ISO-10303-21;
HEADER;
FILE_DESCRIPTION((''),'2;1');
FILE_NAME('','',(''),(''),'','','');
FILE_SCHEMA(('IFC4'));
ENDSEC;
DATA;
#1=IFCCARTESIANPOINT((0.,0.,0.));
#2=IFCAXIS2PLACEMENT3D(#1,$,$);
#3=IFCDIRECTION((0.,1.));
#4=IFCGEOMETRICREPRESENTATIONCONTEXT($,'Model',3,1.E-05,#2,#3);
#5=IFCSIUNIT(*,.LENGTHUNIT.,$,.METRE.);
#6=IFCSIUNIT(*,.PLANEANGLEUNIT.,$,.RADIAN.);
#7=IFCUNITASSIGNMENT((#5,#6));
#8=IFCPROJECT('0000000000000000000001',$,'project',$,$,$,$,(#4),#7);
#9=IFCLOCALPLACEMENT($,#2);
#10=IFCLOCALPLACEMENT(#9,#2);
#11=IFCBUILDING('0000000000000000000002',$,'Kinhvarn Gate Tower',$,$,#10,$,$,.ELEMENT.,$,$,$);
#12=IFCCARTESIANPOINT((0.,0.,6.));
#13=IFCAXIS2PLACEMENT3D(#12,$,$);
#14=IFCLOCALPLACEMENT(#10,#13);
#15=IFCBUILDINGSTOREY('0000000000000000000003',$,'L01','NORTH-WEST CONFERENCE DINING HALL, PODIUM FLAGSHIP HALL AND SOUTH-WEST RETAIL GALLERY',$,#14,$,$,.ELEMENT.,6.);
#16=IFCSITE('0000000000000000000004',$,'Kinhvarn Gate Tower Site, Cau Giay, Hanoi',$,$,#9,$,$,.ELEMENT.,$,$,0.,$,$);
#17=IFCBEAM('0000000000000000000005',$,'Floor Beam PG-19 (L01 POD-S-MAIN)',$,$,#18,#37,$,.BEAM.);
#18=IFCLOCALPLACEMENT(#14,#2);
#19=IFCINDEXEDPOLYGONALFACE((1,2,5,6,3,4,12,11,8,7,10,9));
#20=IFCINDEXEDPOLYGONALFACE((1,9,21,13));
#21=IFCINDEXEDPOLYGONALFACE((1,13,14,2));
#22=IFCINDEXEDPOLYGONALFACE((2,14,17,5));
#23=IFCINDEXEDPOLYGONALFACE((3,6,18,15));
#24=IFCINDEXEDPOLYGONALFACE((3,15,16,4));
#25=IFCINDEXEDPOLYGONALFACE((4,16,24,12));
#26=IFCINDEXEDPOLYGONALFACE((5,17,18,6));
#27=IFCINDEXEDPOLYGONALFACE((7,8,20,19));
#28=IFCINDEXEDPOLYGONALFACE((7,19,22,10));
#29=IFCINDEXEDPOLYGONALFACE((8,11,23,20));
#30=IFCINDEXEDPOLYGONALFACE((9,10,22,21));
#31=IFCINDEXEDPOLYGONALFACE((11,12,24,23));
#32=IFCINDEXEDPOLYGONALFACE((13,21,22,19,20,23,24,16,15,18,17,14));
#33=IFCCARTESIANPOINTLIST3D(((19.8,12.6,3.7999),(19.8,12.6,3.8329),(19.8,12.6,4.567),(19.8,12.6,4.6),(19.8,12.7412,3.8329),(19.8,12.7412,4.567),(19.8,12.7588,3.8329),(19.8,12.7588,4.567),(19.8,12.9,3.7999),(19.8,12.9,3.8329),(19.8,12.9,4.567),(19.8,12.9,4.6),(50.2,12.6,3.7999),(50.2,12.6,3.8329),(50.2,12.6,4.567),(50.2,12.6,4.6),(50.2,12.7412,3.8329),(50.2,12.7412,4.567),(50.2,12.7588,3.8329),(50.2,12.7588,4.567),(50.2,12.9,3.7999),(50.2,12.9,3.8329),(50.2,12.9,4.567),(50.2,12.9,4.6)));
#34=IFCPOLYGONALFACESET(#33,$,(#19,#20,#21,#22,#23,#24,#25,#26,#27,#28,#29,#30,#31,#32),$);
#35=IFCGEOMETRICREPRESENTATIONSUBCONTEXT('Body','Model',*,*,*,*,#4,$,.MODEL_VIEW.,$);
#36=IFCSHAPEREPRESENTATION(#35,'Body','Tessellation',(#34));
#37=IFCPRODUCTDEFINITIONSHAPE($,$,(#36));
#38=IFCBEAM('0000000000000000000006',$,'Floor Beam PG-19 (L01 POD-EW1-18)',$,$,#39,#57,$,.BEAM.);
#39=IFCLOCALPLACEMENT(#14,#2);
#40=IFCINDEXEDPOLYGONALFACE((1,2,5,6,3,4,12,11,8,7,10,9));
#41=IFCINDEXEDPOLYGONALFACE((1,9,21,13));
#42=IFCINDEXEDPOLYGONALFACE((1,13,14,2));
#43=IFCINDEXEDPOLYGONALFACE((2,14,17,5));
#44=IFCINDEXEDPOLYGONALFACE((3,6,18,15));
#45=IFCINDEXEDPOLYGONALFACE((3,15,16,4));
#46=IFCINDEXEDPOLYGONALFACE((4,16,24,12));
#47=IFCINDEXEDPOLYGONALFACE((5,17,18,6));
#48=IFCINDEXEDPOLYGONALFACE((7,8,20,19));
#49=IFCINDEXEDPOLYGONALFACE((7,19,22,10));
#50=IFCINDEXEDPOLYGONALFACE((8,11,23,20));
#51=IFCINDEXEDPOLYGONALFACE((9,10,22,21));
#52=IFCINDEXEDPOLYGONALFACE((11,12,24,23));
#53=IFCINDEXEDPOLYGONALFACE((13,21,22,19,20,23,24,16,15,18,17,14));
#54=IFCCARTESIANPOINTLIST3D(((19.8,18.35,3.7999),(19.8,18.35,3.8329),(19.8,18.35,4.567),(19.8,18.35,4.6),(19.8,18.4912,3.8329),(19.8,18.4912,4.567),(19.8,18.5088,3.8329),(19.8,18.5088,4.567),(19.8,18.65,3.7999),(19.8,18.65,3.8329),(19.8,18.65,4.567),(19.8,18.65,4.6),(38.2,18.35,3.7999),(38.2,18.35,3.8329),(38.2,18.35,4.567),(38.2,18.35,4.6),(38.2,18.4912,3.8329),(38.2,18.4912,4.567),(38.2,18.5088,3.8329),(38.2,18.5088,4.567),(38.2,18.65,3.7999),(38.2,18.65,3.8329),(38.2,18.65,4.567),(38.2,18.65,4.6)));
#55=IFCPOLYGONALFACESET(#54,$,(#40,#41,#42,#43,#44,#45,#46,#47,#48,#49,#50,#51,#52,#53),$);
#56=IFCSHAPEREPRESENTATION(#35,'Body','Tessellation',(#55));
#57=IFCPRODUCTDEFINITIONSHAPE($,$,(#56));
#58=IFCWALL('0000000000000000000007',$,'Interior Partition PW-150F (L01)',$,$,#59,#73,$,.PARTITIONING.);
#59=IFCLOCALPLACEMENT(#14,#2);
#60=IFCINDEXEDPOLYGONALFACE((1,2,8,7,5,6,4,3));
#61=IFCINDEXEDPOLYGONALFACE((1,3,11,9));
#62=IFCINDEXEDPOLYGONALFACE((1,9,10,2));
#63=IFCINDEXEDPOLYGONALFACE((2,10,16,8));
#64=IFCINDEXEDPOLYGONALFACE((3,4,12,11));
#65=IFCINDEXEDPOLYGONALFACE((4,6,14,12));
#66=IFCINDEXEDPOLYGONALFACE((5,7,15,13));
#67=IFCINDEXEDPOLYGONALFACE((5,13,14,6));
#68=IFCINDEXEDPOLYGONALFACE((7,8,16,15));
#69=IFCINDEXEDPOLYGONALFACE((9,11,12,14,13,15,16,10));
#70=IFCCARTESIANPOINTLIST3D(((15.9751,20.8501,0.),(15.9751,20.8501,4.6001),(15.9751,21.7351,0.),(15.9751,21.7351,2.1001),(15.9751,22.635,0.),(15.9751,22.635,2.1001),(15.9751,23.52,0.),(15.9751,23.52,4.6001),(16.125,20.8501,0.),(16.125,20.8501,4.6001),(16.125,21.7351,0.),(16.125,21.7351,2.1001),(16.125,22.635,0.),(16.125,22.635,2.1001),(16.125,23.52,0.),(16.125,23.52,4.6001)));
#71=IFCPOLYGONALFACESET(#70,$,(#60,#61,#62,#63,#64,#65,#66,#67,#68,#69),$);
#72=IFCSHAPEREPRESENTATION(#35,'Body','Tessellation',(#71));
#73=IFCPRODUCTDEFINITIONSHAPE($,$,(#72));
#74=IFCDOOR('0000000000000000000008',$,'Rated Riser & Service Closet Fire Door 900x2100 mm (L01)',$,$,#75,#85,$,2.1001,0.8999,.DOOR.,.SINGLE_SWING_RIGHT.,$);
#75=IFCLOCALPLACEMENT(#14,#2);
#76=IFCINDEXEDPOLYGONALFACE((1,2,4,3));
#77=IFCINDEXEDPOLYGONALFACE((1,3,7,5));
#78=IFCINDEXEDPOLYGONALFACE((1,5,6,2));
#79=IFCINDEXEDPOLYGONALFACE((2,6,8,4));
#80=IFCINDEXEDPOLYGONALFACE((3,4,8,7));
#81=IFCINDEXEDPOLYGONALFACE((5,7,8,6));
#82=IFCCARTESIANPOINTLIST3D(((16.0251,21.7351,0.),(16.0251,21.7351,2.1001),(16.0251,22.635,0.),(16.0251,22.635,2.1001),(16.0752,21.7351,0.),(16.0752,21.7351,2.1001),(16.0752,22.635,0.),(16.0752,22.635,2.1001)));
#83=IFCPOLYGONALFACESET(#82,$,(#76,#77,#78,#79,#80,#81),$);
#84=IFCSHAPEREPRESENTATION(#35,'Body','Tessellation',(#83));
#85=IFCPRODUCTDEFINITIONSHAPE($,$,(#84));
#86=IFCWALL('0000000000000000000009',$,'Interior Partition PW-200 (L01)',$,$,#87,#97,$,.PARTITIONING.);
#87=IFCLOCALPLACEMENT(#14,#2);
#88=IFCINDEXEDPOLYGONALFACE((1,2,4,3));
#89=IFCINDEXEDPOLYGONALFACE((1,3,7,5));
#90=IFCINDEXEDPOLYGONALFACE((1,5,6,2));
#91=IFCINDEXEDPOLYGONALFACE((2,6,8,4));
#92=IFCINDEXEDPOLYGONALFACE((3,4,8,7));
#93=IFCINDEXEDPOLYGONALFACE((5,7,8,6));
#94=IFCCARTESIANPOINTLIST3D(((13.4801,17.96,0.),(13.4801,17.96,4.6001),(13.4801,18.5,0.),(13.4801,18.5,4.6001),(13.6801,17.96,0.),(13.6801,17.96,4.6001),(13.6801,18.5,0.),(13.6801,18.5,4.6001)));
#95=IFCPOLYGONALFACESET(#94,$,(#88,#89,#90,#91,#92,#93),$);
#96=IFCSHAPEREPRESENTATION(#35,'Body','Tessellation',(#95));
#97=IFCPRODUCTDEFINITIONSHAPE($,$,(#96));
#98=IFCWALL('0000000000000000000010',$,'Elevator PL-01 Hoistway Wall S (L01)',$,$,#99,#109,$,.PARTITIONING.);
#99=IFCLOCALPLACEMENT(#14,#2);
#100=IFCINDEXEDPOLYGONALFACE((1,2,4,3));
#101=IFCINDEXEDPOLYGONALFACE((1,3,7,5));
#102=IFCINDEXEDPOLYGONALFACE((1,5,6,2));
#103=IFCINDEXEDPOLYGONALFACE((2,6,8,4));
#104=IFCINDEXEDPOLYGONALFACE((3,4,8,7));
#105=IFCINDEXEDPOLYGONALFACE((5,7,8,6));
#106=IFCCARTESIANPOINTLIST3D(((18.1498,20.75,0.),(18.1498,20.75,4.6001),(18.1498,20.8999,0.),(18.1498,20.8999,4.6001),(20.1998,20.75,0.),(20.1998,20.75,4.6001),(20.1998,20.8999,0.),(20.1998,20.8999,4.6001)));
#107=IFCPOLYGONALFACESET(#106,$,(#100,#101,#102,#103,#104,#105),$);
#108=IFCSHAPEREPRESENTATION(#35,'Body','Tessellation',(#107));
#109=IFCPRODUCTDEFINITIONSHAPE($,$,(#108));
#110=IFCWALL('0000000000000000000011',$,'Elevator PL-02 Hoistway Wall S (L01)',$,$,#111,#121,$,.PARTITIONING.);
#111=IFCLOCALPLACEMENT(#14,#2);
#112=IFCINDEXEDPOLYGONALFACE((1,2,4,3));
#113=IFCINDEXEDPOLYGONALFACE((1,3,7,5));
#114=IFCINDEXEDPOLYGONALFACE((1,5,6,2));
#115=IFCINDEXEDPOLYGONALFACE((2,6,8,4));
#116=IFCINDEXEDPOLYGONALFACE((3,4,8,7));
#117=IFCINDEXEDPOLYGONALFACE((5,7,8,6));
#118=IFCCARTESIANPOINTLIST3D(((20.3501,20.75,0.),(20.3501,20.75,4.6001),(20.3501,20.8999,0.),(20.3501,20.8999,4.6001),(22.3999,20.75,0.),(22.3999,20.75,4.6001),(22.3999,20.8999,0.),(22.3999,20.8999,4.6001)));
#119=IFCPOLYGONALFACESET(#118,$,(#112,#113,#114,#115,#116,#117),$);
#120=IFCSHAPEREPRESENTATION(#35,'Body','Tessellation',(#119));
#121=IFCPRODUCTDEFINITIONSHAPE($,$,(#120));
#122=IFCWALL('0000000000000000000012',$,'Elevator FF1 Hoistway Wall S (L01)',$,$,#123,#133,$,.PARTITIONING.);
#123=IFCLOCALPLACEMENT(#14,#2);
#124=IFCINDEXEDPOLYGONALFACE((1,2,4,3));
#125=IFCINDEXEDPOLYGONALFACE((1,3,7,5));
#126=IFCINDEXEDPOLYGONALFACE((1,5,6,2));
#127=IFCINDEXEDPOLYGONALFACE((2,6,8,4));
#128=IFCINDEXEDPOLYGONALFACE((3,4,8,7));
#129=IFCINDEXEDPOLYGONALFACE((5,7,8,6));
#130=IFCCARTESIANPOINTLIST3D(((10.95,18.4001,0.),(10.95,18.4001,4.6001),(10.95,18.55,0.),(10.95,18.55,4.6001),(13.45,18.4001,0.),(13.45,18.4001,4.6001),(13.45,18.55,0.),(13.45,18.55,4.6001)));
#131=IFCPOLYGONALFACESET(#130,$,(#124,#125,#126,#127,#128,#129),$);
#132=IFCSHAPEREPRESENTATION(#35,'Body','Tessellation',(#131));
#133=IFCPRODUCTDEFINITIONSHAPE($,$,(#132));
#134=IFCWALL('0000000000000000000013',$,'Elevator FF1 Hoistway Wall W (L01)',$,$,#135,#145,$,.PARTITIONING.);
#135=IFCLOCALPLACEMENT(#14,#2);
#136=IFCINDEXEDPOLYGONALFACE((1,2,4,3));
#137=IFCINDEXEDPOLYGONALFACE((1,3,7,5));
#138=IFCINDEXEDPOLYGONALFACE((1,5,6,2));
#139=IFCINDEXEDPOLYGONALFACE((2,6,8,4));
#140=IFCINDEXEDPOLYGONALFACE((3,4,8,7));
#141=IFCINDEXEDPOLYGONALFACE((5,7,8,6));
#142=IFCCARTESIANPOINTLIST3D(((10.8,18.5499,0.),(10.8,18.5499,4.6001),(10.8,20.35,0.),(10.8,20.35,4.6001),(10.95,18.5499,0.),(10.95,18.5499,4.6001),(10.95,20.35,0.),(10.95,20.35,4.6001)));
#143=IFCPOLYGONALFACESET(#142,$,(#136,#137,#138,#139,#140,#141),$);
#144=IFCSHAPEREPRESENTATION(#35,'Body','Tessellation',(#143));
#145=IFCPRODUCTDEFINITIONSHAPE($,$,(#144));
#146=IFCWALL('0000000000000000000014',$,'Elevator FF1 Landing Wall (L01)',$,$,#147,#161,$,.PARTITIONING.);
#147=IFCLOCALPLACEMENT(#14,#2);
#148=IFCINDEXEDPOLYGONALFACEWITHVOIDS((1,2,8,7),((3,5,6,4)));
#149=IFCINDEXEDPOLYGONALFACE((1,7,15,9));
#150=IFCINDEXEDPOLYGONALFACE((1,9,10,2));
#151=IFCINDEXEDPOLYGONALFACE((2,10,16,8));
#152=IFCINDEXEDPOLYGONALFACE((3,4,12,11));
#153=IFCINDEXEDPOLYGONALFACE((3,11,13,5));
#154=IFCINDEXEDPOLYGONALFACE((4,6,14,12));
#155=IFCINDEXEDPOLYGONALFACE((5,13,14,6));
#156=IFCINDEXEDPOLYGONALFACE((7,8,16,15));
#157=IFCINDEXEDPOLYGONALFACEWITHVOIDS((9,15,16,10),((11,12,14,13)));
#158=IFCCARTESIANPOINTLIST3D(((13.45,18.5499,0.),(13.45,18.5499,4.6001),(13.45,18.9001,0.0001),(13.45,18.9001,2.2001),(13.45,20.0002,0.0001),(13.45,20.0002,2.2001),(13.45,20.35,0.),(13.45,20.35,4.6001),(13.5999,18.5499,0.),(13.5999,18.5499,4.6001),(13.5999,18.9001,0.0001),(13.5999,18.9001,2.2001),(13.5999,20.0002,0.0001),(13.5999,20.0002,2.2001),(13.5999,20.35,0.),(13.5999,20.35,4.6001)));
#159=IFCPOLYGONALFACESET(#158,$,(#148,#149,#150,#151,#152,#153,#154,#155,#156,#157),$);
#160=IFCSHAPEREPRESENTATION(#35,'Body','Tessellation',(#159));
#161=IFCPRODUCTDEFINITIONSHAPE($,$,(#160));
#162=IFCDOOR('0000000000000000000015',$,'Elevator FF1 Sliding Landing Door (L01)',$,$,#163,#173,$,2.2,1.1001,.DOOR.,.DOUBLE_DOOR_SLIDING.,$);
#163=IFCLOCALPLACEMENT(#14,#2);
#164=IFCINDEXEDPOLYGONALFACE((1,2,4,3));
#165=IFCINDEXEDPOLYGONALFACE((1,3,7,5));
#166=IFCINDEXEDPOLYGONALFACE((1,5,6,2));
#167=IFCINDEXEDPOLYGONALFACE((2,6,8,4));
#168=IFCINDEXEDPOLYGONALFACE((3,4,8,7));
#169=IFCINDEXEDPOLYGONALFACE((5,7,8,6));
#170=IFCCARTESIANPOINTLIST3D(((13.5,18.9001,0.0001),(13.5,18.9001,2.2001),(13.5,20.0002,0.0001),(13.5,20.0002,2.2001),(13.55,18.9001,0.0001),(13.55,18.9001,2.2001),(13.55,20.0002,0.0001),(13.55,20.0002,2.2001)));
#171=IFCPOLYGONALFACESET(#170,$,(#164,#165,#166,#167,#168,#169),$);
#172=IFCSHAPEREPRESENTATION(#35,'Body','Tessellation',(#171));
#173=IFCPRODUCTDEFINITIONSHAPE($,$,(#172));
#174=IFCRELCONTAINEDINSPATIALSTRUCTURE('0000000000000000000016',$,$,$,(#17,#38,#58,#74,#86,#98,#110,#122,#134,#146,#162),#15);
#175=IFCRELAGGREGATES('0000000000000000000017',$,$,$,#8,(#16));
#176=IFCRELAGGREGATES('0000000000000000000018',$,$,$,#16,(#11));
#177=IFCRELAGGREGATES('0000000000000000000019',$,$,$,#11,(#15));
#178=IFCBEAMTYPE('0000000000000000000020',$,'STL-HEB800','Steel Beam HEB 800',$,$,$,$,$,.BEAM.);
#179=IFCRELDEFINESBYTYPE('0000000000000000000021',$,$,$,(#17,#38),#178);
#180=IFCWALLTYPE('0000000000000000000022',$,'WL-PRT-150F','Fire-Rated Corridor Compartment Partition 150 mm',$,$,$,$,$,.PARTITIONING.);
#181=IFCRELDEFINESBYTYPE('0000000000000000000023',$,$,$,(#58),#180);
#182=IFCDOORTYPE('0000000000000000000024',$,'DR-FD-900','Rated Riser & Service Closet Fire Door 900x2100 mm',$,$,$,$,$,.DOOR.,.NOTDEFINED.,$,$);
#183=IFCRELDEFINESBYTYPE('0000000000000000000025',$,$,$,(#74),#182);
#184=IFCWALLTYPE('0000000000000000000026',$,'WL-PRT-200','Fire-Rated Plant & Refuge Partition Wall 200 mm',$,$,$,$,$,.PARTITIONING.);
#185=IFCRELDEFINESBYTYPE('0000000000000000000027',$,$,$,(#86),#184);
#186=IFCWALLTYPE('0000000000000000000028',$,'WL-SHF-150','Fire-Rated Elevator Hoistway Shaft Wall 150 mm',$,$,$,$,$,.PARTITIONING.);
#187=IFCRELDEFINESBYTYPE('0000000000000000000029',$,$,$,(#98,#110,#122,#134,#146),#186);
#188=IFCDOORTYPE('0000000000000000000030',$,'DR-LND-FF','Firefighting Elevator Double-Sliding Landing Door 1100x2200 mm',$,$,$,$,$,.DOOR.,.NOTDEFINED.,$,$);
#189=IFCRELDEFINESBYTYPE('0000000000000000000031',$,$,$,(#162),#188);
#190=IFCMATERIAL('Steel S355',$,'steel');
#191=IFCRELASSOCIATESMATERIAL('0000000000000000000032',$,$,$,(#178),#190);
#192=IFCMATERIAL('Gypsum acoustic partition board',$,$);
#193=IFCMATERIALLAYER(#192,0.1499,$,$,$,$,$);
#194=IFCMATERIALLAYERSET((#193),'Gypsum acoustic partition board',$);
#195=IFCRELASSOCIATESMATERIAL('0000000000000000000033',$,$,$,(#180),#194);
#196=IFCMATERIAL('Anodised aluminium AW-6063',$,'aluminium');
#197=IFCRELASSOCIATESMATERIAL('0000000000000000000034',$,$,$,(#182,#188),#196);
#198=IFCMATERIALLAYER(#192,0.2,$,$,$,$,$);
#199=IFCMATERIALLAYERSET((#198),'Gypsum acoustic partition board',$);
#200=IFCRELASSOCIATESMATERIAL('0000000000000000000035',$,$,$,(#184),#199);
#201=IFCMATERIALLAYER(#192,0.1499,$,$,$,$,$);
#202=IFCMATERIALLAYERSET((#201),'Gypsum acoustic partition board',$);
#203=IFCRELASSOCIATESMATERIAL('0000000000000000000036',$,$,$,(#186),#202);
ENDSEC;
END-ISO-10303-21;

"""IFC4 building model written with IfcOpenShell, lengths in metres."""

from ifc_helpers import new_model, si_unit, direction, frame, frame_2d, origin, origin_2d, place, context, subcontext, project, spatial, rectangle, i_section, extrude, material, layer, layer_set, material_profile, profile_set, type_object, element, fill, save


model = new_model("IFC4")

# Units and contexts
model_context = context("Model", 3, precision=1e-05, world=origin(), true_north=direction((0.0, 1.0)))
body_context = subcontext(model_context, "Body", "Model", "MODEL_VIEW")
ifc_project = project(units=[si_unit("LENGTHUNIT", "METRE"), si_unit("PLANEANGLEUNIT", "RADIAN")], contexts=[model_context])

# Site, building, storey
site_placement = place(None, origin())
site = spatial("IfcSite", under=ifc_project, at=site_placement, Name="Kinhvarn Gate Tower Site, Cau Giay, Hanoi", CompositionType="ELEMENT", RefElevation=0.0)
building_placement = place(site_placement, origin())
building = spatial("IfcBuilding", under=site, at=building_placement, Name="Kinhvarn Gate Tower", CompositionType="ELEMENT")
storey_placement = place(building_placement, frame((0.0, 0.0, 6.0)))
storey = spatial("IfcBuildingStorey", under=building, at=storey_placement, Name="L01", Description="NORTH-WEST CONFERENCE DINING HALL, PODIUM FLAGSHIP HALL AND SOUTH-WEST RETAIL GALLERY", CompositionType="ELEMENT", Elevation=6.0)

# Beams
ifc_material_1 = material(Name="Steel S355", Category="steel")
ifc_material_profile_1 = material_profile(ifc_material_1, i_section(OverallWidth=0.3, OverallDepth=0.8, WebThickness=0.0176, FlangeThickness=0.033, at=origin_2d()), Name="HEB 800")
ifc_profile_set_1 = profile_set([ifc_material_profile_1], Name="Steel S355")
beam_type_1 = type_object("IfcBeamType", Name="STL-HEB800", Description="Steel Beam HEB 800", PredefinedType="BEAM", material=ifc_profile_set_1)
beam_1_placement = place(storey_placement, frame((19.8, 12.75, 4.2), z_axis=(1.0, 0.0, 0.0), x_axis=(0.0, 1.0, 0.0)))
element("IfcBeam", 1, at=beam_1_placement, inside=storey, type_object=beam_type_1, Name="Floor Beam PG-19 (L01 POD-S-MAIN)", PredefinedType="BEAM", context=body_context, shape_type="SweptSolid", body=[
    extrude(i_section(OverallWidth=0.3, OverallDepth=0.8, WebThickness=0.0176, FlangeThickness=0.033, at=origin_2d()), origin(), (0.0, 0.0, 1.0), 30.3999),
])
beam_2_placement = place(storey_placement, frame((19.8, 18.5, 4.2), z_axis=(1.0, 0.0, 0.0), x_axis=(0.0, 1.0, 0.0)))
element("IfcBeam", 2, at=beam_2_placement, inside=storey, type_object=beam_type_1, Name="Floor Beam PG-19 (L01 POD-EW1-18)", PredefinedType="BEAM", context=body_context, shape_type="SweptSolid", body=[
    extrude(i_section(OverallWidth=0.3, OverallDepth=0.8, WebThickness=0.0176, FlangeThickness=0.033, at=origin_2d()), origin(), (0.0, 0.0, 1.0), 18.3999),
])

# Wall, opening, door
ifc_material_2 = material(Name="Anodised aluminium AW-6063", Category="aluminium")
ifc_material_3 = material(Name="Gypsum acoustic partition board")
ifc_layer_1 = layer(ifc_material_3, 0.1499)
ifc_layer_set_1 = layer_set([ifc_layer_1], Name="Gypsum acoustic partition board")
wall_type_1 = type_object("IfcWallType", Name="WL-PRT-150F", Description="Fire-Rated Corridor Compartment Partition 150 mm", PredefinedType="PARTITIONING", material=ifc_layer_set_1)
wall_1_placement = place(storey_placement, frame((16.05, 20.8501, 0.0), z_axis=(0.0, 0.0, 1.0), x_axis=(0.0, 1.0, 0.0)))
wall_1 = element("IfcWall", 3, at=wall_1_placement, inside=storey, type_object=wall_type_1, Name="Interior Partition PW-150F (L01)", PredefinedType="PARTITIONING", context=body_context, shape_type="SweptSolid", body=[
    extrude(rectangle(XDim=2.6699, YDim=0.1499, at=frame_2d((1.335, 0.0))), origin(), (0.0, 0.0, 1.0), 4.6001),
])
opening_1_placement = place(wall_1_placement, frame((0.885, 0.0, 0.0)))
opening_1 = element("IfcOpeningElement", 4, at=opening_1_placement, cuts=wall_1, PredefinedType="OPENING", context=body_context, shape_type="SweptSolid", body=[
    extrude(rectangle(XDim=0.8999, YDim=2.1001, at=frame_2d((0.45, 1.05))), frame((0.0, 0.085, 0.0), z_axis=(0.0, -1.0, 0.0), x_axis=(1.0, 0.0, 0.0)), (0.0, 0.0, 1.0), 0.1699),
])
door_type_1 = type_object("IfcDoorType", Name="DR-FD-900", Description="Rated Riser & Service Closet Fire Door 900x2100 mm", OperationType="NOTDEFINED", PredefinedType="DOOR", material=ifc_material_2)
door_1_placement = place(opening_1_placement, origin())
door_1 = element("IfcDoor", 5, at=door_1_placement, inside=storey, type_object=door_type_1, Name="Rated Riser & Service Closet Fire Door 900x2100 mm (L01)", OperationType="SINGLE_SWING_RIGHT", OverallHeight=2.1001, OverallWidth=0.8999, PredefinedType="DOOR", context=body_context, shape_type="SweptSolid", body=[
    extrude(rectangle(XDim=0.8999, YDim=2.1001, at=frame_2d((0.45, 1.05))), frame((0.0, 0.0249, 0.0), z_axis=(0.0, -1.0, 0.0), x_axis=(1.0, 0.0, 0.0)), (0.0, 0.0, 1.0), 0.05),
])
fill(opening_1, door_1)

# Walls
ifc_layer_2 = layer(ifc_material_3, 0.2)
ifc_layer_set_2 = layer_set([ifc_layer_2], Name="Gypsum acoustic partition board")
wall_type_2 = type_object("IfcWallType", Name="WL-PRT-200", Description="Fire-Rated Plant & Refuge Partition Wall 200 mm", PredefinedType="PARTITIONING", material=ifc_layer_set_2)
wall_2_placement = place(storey_placement, frame((13.5801, 17.96, 0.0), z_axis=(0.0, 0.0, 1.0), x_axis=(0.0, 1.0, 0.0)))
element("IfcWall", 6, at=wall_2_placement, inside=storey, type_object=wall_type_2, Name="Interior Partition PW-200 (L01)", PredefinedType="PARTITIONING", context=body_context, shape_type="SweptSolid", body=[
    extrude(rectangle(XDim=0.54, YDim=0.2, at=frame_2d((0.27, 0.0))), origin(), (0.0, 0.0, 1.0), 4.6001),
])
ifc_layer_3 = layer(ifc_material_3, 0.1499)
ifc_layer_set_3 = layer_set([ifc_layer_3], Name="Gypsum acoustic partition board")
wall_type_3 = type_object("IfcWallType", Name="WL-SHF-150", Description="Fire-Rated Elevator Hoistway Shaft Wall 150 mm", PredefinedType="PARTITIONING", material=ifc_layer_set_3)
wall_3_placement = place(storey_placement, frame((18.1499, 20.825, 0.0), z_axis=(0.0, 0.0, 1.0), x_axis=(1.0, 0.0, 0.0)))
element("IfcWall", 7, at=wall_3_placement, inside=storey, type_object=wall_type_3, Name="Elevator PL-01 Hoistway Wall S (L01)", PredefinedType="PARTITIONING", context=body_context, shape_type="SweptSolid", body=[
    extrude(rectangle(XDim=2.05, YDim=0.1499, at=frame_2d((1.0249, 0.0))), origin(), (0.0, 0.0, 1.0), 4.6001),
])
wall_4_placement = place(storey_placement, frame((20.3501, 20.825, 0.0), z_axis=(0.0, 0.0, 1.0), x_axis=(1.0, 0.0, 0.0)))
element("IfcWall", 8, at=wall_4_placement, inside=storey, type_object=wall_type_3, Name="Elevator PL-02 Hoistway Wall S (L01)", PredefinedType="PARTITIONING", context=body_context, shape_type="SweptSolid", body=[
    extrude(rectangle(XDim=2.0498, YDim=0.1499, at=frame_2d((1.0249, 0.0))), origin(), (0.0, 0.0, 1.0), 4.6001),
])
wall_5_placement = place(storey_placement, frame((10.95, 18.4751, 0.0), z_axis=(0.0, 0.0, 1.0), x_axis=(1.0, 0.0, 0.0)))
element("IfcWall", 9, at=wall_5_placement, inside=storey, type_object=wall_type_3, Name="Elevator FF1 Hoistway Wall S (L01)", PredefinedType="PARTITIONING", context=body_context, shape_type="SweptSolid", body=[
    extrude(rectangle(XDim=2.5, YDim=0.1499, at=frame_2d((1.25, 0.0))), origin(), (0.0, 0.0, 1.0), 4.6001),
])
wall_6_placement = place(storey_placement, frame((10.875, 18.55, 0.0), z_axis=(0.0, 0.0, 1.0), x_axis=(0.0, 1.0, 0.0)))
element("IfcWall", 10, at=wall_6_placement, inside=storey, type_object=wall_type_3, Name="Elevator FF1 Hoistway Wall W (L01)", PredefinedType="PARTITIONING", context=body_context, shape_type="SweptSolid", body=[
    extrude(rectangle(XDim=1.8, YDim=0.1499, at=frame_2d((0.8999, 0.0))), origin(), (0.0, 0.0, 1.0), 4.6001),
])

# Wall, opening, door
wall_7_placement = place(storey_placement, frame((13.5249, 18.55, 0.0), z_axis=(0.0, 0.0, 1.0), x_axis=(0.0, 1.0, 0.0)))
wall_7 = element("IfcWall", 11, at=wall_7_placement, inside=storey, type_object=wall_type_3, Name="Elevator FF1 Landing Wall (L01)", PredefinedType="PARTITIONING", context=body_context, shape_type="SweptSolid", body=[
    extrude(rectangle(XDim=1.8, YDim=0.1499, at=frame_2d((0.8999, 0.0))), origin(), (0.0, 0.0, 1.0), 4.6001),
])
opening_2_placement = place(wall_7_placement, frame((0.3501, 0.0, 0.0)))
opening_2 = element("IfcOpeningElement", 12, at=opening_2_placement, cuts=wall_7, PredefinedType="OPENING", context=body_context, shape_type="SweptSolid", body=[
    extrude(rectangle(XDim=1.1001, YDim=2.2, at=frame_2d((0.55, 1.1001))), frame((0.0, 0.085, 0.0), z_axis=(0.0, -1.0, 0.0), x_axis=(1.0, 0.0, 0.0)), (0.0, 0.0, 1.0), 0.1699),
])
door_type_2 = type_object("IfcDoorType", Name="DR-LND-FF", Description="Firefighting Elevator Double-Sliding Landing Door 1100x2200 mm", OperationType="NOTDEFINED", PredefinedType="DOOR", material=ifc_material_2)
door_2_placement = place(opening_2_placement, origin())
door_2 = element("IfcDoor", 13, at=door_2_placement, inside=storey, type_object=door_type_2, Name="Elevator FF1 Sliding Landing Door (L01)", OperationType="DOUBLE_DOOR_SLIDING", OverallHeight=2.2, OverallWidth=1.1001, PredefinedType="DOOR", context=body_context, shape_type="SweptSolid", body=[
    extrude(rectangle(XDim=1.1001, YDim=2.2, at=frame_2d((0.55, 1.1001))), frame((0.0, 0.0249, 0.0), z_axis=(0.0, -1.0, 0.0), x_axis=(1.0, 0.0, 0.0)), (0.0, 0.0, 1.0), 0.05),
])
fill(opening_2, door_2)

save(model, "model.ifc")
